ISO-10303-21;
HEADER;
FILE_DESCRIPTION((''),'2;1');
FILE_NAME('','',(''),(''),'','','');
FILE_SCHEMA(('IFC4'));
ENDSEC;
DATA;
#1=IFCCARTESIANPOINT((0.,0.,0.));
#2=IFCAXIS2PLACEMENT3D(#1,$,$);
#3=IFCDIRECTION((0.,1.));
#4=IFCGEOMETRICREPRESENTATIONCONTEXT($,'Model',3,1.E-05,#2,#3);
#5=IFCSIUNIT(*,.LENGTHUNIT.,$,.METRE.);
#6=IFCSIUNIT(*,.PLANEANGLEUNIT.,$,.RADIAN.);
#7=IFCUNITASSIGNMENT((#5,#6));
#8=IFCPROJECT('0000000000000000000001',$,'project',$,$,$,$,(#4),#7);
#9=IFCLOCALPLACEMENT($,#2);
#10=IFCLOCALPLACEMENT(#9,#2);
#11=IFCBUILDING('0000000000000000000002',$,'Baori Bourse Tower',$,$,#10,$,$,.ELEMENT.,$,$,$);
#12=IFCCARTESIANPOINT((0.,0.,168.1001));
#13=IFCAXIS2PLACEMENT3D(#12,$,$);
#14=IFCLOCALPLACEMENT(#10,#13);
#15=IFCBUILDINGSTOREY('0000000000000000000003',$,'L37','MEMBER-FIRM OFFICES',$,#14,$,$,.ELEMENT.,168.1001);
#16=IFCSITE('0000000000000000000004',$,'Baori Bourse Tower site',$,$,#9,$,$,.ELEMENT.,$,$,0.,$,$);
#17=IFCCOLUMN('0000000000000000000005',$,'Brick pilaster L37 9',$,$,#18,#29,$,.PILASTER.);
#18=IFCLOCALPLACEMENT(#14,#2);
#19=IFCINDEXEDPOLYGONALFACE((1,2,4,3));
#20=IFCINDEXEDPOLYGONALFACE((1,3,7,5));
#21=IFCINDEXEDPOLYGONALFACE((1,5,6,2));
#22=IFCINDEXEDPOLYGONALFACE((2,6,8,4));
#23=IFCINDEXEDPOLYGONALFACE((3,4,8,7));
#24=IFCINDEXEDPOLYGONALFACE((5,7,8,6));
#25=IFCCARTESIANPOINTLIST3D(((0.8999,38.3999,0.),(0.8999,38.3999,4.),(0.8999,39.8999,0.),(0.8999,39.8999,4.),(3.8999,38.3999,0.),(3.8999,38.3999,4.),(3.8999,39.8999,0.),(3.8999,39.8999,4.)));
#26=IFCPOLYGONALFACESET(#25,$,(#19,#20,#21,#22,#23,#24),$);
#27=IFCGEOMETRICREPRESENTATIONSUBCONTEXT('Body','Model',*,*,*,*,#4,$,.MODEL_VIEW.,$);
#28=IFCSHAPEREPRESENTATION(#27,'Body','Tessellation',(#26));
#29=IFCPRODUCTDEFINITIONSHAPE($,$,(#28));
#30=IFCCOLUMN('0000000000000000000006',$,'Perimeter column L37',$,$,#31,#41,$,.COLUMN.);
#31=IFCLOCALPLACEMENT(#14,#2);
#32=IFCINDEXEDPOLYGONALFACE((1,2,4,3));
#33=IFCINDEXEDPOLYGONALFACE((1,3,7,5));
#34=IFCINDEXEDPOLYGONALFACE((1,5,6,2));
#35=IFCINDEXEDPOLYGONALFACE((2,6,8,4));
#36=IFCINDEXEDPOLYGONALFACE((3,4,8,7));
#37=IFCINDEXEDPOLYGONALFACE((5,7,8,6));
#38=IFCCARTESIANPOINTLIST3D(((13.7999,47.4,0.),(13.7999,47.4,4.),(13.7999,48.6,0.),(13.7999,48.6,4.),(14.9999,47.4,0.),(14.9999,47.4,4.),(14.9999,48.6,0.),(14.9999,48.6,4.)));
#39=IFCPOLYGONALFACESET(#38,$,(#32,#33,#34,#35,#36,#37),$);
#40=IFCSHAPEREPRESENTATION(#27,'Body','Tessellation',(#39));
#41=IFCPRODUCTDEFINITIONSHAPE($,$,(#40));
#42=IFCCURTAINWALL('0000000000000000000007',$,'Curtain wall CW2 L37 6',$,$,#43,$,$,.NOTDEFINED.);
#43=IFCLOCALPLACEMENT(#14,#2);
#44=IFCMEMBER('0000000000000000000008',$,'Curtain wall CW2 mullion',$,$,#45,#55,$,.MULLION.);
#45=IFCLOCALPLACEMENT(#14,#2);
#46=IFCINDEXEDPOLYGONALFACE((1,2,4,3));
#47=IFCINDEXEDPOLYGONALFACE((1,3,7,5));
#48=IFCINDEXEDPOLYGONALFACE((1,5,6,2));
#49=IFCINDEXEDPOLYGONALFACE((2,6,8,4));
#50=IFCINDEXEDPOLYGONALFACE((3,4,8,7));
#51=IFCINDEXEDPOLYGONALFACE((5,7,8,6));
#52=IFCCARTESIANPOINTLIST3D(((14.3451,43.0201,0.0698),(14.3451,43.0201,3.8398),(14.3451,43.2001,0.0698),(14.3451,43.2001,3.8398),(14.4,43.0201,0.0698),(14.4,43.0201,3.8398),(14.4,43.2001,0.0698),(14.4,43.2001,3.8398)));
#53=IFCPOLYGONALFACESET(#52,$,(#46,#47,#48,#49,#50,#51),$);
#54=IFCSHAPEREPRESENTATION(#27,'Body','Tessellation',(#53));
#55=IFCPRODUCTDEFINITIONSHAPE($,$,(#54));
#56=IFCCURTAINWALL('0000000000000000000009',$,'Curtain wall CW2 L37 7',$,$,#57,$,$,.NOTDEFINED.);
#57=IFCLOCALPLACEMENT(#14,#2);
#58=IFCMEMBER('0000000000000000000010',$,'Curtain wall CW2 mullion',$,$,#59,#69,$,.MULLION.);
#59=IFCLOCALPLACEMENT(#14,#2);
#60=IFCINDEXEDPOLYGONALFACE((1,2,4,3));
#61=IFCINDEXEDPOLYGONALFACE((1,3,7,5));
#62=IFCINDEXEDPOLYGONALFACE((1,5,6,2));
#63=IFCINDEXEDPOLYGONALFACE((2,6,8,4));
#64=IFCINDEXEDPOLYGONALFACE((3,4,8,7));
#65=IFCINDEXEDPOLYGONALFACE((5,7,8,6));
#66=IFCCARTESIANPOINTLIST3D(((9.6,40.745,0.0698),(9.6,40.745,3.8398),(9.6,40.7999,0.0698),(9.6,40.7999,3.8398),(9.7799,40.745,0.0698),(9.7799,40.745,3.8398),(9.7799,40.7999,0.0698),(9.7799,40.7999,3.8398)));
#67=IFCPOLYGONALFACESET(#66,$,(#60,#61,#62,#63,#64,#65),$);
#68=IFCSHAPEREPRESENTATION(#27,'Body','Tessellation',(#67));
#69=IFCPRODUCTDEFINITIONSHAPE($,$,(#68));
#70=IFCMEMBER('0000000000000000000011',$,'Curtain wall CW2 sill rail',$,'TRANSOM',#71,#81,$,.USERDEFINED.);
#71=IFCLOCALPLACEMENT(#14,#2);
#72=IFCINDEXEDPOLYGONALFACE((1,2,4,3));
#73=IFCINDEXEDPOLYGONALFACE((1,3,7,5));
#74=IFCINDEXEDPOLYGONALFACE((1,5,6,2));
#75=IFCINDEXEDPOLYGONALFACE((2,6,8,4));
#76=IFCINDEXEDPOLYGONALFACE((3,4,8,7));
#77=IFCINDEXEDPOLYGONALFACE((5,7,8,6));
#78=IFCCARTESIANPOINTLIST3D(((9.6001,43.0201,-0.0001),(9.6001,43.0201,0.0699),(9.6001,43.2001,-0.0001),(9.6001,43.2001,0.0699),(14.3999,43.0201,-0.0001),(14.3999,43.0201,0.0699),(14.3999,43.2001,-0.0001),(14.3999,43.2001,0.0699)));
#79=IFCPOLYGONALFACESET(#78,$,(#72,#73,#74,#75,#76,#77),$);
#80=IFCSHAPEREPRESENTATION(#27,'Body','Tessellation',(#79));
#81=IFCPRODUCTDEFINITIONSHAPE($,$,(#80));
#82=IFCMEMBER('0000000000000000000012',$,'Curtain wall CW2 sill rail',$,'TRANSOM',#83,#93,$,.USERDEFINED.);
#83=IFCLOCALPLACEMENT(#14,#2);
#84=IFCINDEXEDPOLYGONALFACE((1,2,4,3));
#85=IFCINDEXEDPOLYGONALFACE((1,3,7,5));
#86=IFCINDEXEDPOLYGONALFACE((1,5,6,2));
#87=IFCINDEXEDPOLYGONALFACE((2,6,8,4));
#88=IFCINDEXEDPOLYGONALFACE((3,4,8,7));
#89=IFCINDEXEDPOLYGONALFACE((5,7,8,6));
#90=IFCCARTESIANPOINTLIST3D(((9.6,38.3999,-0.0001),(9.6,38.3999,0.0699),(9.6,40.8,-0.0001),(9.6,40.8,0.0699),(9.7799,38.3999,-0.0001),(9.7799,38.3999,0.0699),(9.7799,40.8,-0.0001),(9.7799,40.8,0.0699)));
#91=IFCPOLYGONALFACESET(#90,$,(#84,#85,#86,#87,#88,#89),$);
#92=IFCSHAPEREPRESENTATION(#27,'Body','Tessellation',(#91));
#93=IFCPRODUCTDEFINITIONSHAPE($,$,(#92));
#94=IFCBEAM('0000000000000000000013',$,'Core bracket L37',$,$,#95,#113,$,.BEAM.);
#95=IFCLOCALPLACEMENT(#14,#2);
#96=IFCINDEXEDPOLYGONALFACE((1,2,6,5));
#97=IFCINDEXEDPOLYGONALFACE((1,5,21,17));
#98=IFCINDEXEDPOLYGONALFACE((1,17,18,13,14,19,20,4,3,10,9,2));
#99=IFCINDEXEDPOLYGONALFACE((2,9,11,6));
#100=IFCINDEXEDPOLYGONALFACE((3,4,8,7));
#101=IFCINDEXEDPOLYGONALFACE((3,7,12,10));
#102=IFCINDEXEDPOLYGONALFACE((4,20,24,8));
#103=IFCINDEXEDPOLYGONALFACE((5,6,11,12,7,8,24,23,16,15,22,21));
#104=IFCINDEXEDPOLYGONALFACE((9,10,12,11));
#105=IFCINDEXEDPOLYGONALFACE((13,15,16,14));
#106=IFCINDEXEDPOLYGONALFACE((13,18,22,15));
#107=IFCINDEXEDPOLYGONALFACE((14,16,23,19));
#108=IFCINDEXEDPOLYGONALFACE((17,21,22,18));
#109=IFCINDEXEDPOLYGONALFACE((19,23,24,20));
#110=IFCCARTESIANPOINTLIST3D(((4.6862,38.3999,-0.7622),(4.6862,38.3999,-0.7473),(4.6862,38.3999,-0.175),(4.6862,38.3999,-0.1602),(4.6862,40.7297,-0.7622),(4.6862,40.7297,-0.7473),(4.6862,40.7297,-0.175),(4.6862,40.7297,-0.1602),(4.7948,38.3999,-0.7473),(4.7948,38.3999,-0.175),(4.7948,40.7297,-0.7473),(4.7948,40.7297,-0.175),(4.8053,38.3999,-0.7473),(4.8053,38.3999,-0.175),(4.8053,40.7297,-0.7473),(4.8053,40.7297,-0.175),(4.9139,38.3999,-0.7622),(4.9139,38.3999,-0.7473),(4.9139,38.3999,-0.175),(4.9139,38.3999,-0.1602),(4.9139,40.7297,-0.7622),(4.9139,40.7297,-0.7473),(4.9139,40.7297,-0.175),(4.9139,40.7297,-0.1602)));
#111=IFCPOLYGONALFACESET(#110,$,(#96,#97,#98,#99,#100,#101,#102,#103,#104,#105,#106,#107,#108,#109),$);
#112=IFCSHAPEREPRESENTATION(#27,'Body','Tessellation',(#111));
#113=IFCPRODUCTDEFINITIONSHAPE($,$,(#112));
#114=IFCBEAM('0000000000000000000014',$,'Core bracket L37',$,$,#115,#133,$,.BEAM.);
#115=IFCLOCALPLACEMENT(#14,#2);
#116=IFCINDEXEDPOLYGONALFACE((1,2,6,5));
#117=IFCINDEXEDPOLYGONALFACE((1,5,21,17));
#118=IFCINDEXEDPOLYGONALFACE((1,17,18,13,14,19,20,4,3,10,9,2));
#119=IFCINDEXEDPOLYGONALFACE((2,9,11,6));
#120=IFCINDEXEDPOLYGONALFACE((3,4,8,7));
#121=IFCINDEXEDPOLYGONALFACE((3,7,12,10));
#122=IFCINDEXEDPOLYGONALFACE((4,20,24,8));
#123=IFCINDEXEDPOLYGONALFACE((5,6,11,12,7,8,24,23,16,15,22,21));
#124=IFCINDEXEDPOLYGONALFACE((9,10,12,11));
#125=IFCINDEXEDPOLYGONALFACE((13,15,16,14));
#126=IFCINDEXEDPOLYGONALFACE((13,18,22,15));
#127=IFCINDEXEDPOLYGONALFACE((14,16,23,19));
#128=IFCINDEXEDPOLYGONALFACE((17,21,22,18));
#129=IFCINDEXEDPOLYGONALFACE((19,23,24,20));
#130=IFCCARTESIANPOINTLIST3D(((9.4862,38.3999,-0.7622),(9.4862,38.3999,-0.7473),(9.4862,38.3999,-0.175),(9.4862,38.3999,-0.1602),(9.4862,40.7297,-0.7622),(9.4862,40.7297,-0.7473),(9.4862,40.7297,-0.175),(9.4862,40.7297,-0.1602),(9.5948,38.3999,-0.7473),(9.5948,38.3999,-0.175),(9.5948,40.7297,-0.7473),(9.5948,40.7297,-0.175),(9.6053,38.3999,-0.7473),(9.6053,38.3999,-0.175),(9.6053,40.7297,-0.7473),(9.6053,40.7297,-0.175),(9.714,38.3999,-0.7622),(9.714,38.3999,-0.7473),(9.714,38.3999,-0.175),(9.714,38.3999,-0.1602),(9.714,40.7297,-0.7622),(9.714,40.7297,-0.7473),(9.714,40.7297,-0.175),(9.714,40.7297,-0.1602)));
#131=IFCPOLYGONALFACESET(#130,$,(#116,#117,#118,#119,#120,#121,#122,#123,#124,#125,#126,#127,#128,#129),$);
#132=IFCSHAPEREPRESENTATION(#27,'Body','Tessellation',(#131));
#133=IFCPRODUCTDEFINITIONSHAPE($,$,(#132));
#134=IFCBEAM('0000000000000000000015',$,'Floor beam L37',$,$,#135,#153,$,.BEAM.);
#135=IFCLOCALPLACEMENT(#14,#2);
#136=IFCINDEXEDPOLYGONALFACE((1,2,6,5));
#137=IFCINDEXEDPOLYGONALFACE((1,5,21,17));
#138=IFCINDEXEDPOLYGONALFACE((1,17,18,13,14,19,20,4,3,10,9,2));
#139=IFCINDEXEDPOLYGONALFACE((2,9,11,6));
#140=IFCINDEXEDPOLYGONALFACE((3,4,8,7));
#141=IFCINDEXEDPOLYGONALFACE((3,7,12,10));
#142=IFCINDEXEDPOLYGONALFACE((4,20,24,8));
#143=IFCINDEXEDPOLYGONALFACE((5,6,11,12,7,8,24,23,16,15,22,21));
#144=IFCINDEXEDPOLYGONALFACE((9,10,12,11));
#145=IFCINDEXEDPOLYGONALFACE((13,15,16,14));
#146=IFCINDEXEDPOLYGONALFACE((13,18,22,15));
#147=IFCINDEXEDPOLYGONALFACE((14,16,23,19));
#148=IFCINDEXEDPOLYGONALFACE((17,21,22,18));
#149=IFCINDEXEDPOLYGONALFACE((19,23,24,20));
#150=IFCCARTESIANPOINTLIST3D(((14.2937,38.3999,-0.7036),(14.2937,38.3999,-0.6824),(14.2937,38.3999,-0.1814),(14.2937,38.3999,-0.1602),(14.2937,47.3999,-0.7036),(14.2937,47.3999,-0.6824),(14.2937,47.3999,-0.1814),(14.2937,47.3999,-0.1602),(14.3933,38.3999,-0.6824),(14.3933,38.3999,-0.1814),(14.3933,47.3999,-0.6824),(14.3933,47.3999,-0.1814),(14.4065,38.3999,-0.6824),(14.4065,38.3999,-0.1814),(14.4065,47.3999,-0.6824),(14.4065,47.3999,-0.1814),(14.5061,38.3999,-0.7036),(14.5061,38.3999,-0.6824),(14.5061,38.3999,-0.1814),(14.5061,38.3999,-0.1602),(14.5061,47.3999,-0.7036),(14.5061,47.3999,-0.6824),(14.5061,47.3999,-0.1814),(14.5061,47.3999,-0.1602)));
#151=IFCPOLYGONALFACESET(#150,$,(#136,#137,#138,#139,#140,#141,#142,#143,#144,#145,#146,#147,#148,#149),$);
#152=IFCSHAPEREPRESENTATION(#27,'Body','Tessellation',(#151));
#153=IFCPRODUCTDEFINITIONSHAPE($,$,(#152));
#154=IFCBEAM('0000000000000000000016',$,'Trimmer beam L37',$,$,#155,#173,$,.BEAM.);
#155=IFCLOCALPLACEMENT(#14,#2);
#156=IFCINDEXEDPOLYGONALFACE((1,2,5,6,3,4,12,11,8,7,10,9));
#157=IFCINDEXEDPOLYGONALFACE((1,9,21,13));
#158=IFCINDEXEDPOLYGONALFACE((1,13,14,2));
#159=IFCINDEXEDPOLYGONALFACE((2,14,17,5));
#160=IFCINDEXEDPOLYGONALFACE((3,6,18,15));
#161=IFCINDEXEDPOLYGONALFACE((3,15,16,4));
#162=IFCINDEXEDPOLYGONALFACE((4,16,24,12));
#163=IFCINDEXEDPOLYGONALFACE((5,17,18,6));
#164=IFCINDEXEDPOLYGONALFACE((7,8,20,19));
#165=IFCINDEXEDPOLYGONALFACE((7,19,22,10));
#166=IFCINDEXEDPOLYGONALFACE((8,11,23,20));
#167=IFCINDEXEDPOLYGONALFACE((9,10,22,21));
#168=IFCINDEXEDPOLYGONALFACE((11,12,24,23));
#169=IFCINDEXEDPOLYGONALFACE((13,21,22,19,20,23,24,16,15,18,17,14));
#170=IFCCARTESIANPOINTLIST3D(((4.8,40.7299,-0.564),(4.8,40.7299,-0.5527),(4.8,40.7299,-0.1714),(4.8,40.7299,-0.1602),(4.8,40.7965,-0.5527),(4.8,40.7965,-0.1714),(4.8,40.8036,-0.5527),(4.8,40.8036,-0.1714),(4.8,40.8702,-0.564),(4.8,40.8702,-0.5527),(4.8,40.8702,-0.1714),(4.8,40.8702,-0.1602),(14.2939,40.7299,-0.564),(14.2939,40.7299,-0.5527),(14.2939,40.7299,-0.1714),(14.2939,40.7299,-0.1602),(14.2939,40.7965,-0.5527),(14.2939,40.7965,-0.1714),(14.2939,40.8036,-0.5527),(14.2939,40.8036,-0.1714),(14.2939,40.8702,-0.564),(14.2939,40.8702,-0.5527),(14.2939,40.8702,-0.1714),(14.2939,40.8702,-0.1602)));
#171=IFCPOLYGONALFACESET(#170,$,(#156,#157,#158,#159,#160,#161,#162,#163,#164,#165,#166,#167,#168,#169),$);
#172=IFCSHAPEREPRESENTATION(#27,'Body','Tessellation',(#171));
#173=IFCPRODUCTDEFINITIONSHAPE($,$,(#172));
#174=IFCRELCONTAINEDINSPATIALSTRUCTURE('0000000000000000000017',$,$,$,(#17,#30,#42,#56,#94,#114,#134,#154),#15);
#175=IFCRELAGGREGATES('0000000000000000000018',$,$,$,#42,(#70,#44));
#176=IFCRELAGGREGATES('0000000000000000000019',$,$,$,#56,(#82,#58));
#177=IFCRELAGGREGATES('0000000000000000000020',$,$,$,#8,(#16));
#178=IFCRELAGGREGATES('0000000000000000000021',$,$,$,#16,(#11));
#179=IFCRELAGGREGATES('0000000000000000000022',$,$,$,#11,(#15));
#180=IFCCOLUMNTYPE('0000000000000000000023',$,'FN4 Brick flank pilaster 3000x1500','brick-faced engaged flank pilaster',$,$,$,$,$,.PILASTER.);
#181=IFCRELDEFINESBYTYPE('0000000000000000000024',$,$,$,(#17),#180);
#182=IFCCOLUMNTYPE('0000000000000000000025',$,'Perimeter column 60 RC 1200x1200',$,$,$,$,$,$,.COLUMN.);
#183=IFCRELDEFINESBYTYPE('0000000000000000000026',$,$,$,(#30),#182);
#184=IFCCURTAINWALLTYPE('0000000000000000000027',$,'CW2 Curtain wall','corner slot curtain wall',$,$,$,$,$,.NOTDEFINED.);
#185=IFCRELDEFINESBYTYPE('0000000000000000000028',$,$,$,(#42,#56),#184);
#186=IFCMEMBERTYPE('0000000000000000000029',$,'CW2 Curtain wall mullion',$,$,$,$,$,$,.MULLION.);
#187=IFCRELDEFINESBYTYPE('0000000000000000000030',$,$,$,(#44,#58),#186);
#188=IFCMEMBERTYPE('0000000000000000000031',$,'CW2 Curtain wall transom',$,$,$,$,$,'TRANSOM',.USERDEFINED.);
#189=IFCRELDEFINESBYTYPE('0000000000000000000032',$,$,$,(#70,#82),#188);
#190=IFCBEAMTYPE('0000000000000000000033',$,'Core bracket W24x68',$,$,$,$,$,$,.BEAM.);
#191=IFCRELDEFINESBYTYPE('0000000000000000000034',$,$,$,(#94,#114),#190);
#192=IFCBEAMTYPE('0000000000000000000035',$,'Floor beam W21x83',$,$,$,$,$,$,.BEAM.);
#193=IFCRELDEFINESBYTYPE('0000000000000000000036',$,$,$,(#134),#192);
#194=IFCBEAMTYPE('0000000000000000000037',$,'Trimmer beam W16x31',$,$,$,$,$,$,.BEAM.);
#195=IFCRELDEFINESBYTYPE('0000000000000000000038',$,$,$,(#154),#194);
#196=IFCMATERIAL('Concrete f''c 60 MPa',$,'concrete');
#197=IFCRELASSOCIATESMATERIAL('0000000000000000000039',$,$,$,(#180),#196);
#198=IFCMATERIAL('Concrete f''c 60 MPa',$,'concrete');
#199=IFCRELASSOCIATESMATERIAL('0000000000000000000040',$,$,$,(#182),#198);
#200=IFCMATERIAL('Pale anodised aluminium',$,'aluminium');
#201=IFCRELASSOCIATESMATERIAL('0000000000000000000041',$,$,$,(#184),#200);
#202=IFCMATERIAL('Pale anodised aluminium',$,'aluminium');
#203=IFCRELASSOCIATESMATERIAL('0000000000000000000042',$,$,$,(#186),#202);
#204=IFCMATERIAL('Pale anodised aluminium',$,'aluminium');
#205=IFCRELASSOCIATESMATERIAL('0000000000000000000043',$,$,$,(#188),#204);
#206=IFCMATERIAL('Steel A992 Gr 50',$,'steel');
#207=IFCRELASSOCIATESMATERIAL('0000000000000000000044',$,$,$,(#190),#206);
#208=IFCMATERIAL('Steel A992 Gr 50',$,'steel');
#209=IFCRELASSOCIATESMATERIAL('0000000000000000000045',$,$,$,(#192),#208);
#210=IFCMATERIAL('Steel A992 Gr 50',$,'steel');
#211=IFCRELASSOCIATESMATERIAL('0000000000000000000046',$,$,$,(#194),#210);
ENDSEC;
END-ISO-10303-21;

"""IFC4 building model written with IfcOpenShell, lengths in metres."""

from ifc_helpers import new_model, si_unit, direction, frame, origin, origin_2d, place, context, subcontext, project, spatial, rectangle, i_section, extrude, material, material_profile, profile_set, type_object, element, aggregate, save


model = new_model("IFC4")

# Units and contexts
model_context = context("Model", 3, precision=1e-05, world=origin(), true_north=direction((0.0, 1.0)))
body_context = subcontext(model_context, "Body", "Model", "MODEL_VIEW")
ifc_project = project(units=[si_unit("LENGTHUNIT", "METRE"), si_unit("PLANEANGLEUNIT", "RADIAN")], contexts=[model_context])

# Site, building, storey
site_placement = place(None, origin())
site = spatial("IfcSite", under=ifc_project, at=site_placement, Name="Baori Bourse Tower site", CompositionType="ELEMENT", RefElevation=0.0)
building_placement = place(site_placement, origin())
building = spatial("IfcBuilding", under=site, at=building_placement, Name="Baori Bourse Tower", CompositionType="ELEMENT")
storey_placement = place(building_placement, frame((0.0, 0.0, 168.1001)))
storey = spatial("IfcBuildingStorey", under=building, at=storey_placement, Name="L37", Description="MEMBER-FIRM OFFICES", CompositionType="ELEMENT", Elevation=168.1001)

# Columns
ifc_material_1 = material(Name="Concrete f'c 60 MPa", Category="concrete")
ifc_material_profile_1 = material_profile(ifc_material_1, rectangle(XDim=3.0, YDim=1.5, at=origin_2d()), Name="RC 3000x1500")
ifc_profile_set_1 = profile_set([ifc_material_profile_1], Name="Concrete f'c 60 MPa")
column_type_1 = type_object("IfcColumnType", Name="FN4 Brick flank pilaster 3000x1500", Description="brick-faced engaged flank pilaster", PredefinedType="PILASTER", material=ifc_profile_set_1)
column_1_placement = place(storey_placement, frame((2.3999, 39.1499, 0.0), z_axis=(0.0, 0.0, 1.0), x_axis=(1.0, 0.0, 0.0)))
element("IfcColumn", 1, at=column_1_placement, inside=storey, type_object=column_type_1, Name="Brick pilaster L37 9", PredefinedType="PILASTER", context=body_context, shape_type="SweptSolid", body=[
    extrude(rectangle(XDim=3.0, YDim=1.5, at=origin_2d()), origin(), (0.0, 0.0, 1.0), 4.0),
])
ifc_material_2 = material(Name="Concrete f'c 60 MPa", Category="concrete")
ifc_material_profile_2 = material_profile(ifc_material_2, rectangle(XDim=1.2, YDim=1.2, at=origin_2d()), Name="RC 1200x1200")
ifc_profile_set_2 = profile_set([ifc_material_profile_2], Name="Concrete f'c 60 MPa")
column_type_2 = type_object("IfcColumnType", Name="Perimeter column 60 RC 1200x1200", PredefinedType="COLUMN", material=ifc_profile_set_2)
column_2_placement = place(storey_placement, frame((14.3999, 48.0, 0.0), z_axis=(0.0, 0.0, 1.0), x_axis=(1.0, 0.0, 0.0)))
element("IfcColumn", 2, at=column_2_placement, inside=storey, type_object=column_type_2, Name="Perimeter column L37", PredefinedType="COLUMN", context=body_context, shape_type="SweptSolid", body=[
    extrude(rectangle(XDim=1.2, YDim=1.2, at=origin_2d()), origin(), (0.0, 0.0, 1.0), 4.0),
])

# Curtain walls, members
ifc_material_3 = material(Name="Pale anodised aluminium", Category="aluminium")
curtain_wall_type = type_object("IfcCurtainWallType", Name="CW2 Curtain wall", Description="corner slot curtain wall", PredefinedType="NOTDEFINED", material=ifc_material_3)
curtain_wall_1_placement = place(storey_placement, origin())
curtain_wall_1 = element("IfcCurtainWall", 3, at=curtain_wall_1_placement, inside=storey, type_object=curtain_wall_type, Name="Curtain wall CW2 L37 6", PredefinedType="NOTDEFINED")
ifc_material_4 = material(Name="Pale anodised aluminium", Category="aluminium")
ifc_material_profile_3 = material_profile(ifc_material_4, rectangle(XDim=0.1799, YDim=0.0549, at=origin_2d()), Name="Mullion 55x180")
ifc_profile_set_3 = profile_set([ifc_material_profile_3], Name="Pale anodised aluminium")
member_type_1 = type_object("IfcMemberType", Name="CW2 Curtain wall mullion", PredefinedType="MULLION", material=ifc_profile_set_3)
member_1_placement = place(storey_placement, frame((14.3726, 43.1101, 0.0698), z_axis=(0.0, 0.0, 1.0), x_axis=(0.0, -1.0, 0.0)))
member_1 = element("IfcMember", 4, at=member_1_placement, type_object=member_type_1, Name="Curtain wall CW2 mullion", PredefinedType="MULLION", context=body_context, shape_type="SweptSolid", body=[
    extrude(rectangle(XDim=0.1799, YDim=0.0549, at=origin_2d()), origin(), (0.0, 0.0, 1.0), 3.77),
])
curtain_wall_2_placement = place(storey_placement, origin())
curtain_wall_2 = element("IfcCurtainWall", 5, at=curtain_wall_2_placement, inside=storey, type_object=curtain_wall_type, Name="Curtain wall CW2 L37 7", PredefinedType="NOTDEFINED")
member_2_placement = place(storey_placement, frame((9.6899, 40.7725, 0.0698), z_axis=(0.0, 0.0, 1.0), x_axis=(1.0, 0.0, 0.0)))
member_2 = element("IfcMember", 6, at=member_2_placement, type_object=member_type_1, Name="Curtain wall CW2 mullion", PredefinedType="MULLION", context=body_context, shape_type="SweptSolid", body=[
    extrude(rectangle(XDim=0.1799, YDim=0.0549, at=origin_2d()), origin(), (0.0, 0.0, 1.0), 3.77),
])

# Members
ifc_material_5 = material(Name="Pale anodised aluminium", Category="aluminium")
ifc_material_profile_4 = material_profile(ifc_material_5, rectangle(XDim=0.1799, YDim=0.0701, at=origin_2d()), Name="Transom 70x180")
ifc_profile_set_4 = profile_set([ifc_material_profile_4], Name="Pale anodised aluminium")
member_type_2 = type_object("IfcMemberType", Name="CW2 Curtain wall transom", ElementType="TRANSOM", PredefinedType="USERDEFINED", material=ifc_profile_set_4)
member_3_placement = place(storey_placement, frame((14.3999, 43.1101, 0.0349), z_axis=(-1.0, 0.0, 0.0), x_axis=(0.0, -1.0, 0.0)))
member_3 = element("IfcMember", 7, at=member_3_placement, type_object=member_type_2, Name="Curtain wall CW2 sill rail", ObjectType="TRANSOM", PredefinedType="USERDEFINED", context=body_context, shape_type="SweptSolid", body=[
    extrude(rectangle(XDim=0.1799, YDim=0.0701, at=origin_2d()), origin(), (0.0, 0.0, 1.0), 4.7998),
])
member_4_placement = place(storey_placement, frame((9.6899, 40.8, 0.0349), z_axis=(0.0, -1.0, 0.0), x_axis=(1.0, 0.0, 0.0)))
member_4 = element("IfcMember", 8, at=member_4_placement, type_object=member_type_2, Name="Curtain wall CW2 sill rail", ObjectType="TRANSOM", PredefinedType="USERDEFINED", context=body_context, shape_type="SweptSolid", body=[
    extrude(rectangle(XDim=0.1799, YDim=0.0701, at=origin_2d()), origin(), (0.0, 0.0, 1.0), 2.4001),
])

# Beams
ifc_material_6 = material(Name="Steel A992 Gr 50", Category="steel")
ifc_material_profile_5 = material_profile(ifc_material_6, i_section(OverallWidth=0.2278, OverallDepth=0.6021, WebThickness=0.0105, FlangeThickness=0.0149, at=origin_2d()), Name="W24x68")
ifc_profile_set_5 = profile_set([ifc_material_profile_5], Name="Steel A992 Gr 50")
beam_type_1 = type_object("IfcBeamType", Name="Core bracket W24x68", PredefinedType="BEAM", material=ifc_profile_set_5)
for number, where, z_axis, x_axis, name in (
    (9, (4.8, 38.3999, -0.4612), (0.0, 1.0, 0.0), (-1.0, 0.0, 0.0), "Core bracket L37"),
    (10, (9.6001, 38.3999, -0.4612), (0.0, 1.0, 0.0), (-1.0, 0.0, 0.0), "Core bracket L37"),
):
    element("IfcBeam", number, at=place(storey_placement, frame(where, z_axis=z_axis, x_axis=x_axis)), inside=storey, type_object=beam_type_1, Name=name, PredefinedType="BEAM", context=body_context, shape_type="SweptSolid", body=[
        extrude(i_section(OverallWidth=0.2278, OverallDepth=0.6021, WebThickness=0.0105, FlangeThickness=0.0149, at=origin_2d()), origin(), (0.0, 0.0, 1.0), 2.3298),
    ])
ifc_material_7 = material(Name="Steel A992 Gr 50", Category="steel")
ifc_material_profile_6 = material_profile(ifc_material_7, i_section(OverallWidth=0.2124, OverallDepth=0.5435, WebThickness=0.0132, FlangeThickness=0.0212, at=origin_2d()), Name="W21x83")
ifc_profile_set_6 = profile_set([ifc_material_profile_6], Name="Steel A992 Gr 50")
beam_type_2 = type_object("IfcBeamType", Name="Floor beam W21x83", PredefinedType="BEAM", material=ifc_profile_set_6)
beam_1_placement = place(storey_placement, frame((14.3999, 38.3999, -0.4319), z_axis=(0.0, 1.0, 0.0), x_axis=(-1.0, 0.0, 0.0)))
element("IfcBeam", 11, at=beam_1_placement, inside=storey, type_object=beam_type_2, Name="Floor beam L37", PredefinedType="BEAM", context=body_context, shape_type="SweptSolid", body=[
    extrude(i_section(OverallWidth=0.2124, OverallDepth=0.5435, WebThickness=0.0132, FlangeThickness=0.0212, at=origin_2d()), origin(), (0.0, 0.0, 1.0), 9.0),
])
ifc_material_8 = material(Name="Steel A992 Gr 50", Category="steel")
ifc_material_profile_7 = material_profile(ifc_material_8, i_section(OverallWidth=0.1404, OverallDepth=0.4038, WebThickness=0.0071, FlangeThickness=0.0112, at=origin_2d()), Name="W16x31")
ifc_profile_set_7 = profile_set([ifc_material_profile_7], Name="Steel A992 Gr 50")
beam_type_3 = type_object("IfcBeamType", Name="Trimmer beam W16x31", PredefinedType="BEAM", material=ifc_profile_set_7)
beam_2_placement = place(storey_placement, frame((4.8, 40.8, -0.3621), z_axis=(1.0, 0.0, 0.0), x_axis=(0.0, 1.0, 0.0)))
element("IfcBeam", 12, at=beam_2_placement, inside=storey, type_object=beam_type_3, Name="Trimmer beam L37", PredefinedType="BEAM", context=body_context, shape_type="SweptSolid", body=[
    extrude(i_section(OverallWidth=0.1404, OverallDepth=0.4038, WebThickness=0.0071, FlangeThickness=0.0112, at=origin_2d()), origin(), (0.0, 0.0, 1.0), 9.4939),
])

aggregate(curtain_wall_1, [member_3, member_1])
aggregate(curtain_wall_2, [member_4, member_2])

save(model, "model.ifc")
